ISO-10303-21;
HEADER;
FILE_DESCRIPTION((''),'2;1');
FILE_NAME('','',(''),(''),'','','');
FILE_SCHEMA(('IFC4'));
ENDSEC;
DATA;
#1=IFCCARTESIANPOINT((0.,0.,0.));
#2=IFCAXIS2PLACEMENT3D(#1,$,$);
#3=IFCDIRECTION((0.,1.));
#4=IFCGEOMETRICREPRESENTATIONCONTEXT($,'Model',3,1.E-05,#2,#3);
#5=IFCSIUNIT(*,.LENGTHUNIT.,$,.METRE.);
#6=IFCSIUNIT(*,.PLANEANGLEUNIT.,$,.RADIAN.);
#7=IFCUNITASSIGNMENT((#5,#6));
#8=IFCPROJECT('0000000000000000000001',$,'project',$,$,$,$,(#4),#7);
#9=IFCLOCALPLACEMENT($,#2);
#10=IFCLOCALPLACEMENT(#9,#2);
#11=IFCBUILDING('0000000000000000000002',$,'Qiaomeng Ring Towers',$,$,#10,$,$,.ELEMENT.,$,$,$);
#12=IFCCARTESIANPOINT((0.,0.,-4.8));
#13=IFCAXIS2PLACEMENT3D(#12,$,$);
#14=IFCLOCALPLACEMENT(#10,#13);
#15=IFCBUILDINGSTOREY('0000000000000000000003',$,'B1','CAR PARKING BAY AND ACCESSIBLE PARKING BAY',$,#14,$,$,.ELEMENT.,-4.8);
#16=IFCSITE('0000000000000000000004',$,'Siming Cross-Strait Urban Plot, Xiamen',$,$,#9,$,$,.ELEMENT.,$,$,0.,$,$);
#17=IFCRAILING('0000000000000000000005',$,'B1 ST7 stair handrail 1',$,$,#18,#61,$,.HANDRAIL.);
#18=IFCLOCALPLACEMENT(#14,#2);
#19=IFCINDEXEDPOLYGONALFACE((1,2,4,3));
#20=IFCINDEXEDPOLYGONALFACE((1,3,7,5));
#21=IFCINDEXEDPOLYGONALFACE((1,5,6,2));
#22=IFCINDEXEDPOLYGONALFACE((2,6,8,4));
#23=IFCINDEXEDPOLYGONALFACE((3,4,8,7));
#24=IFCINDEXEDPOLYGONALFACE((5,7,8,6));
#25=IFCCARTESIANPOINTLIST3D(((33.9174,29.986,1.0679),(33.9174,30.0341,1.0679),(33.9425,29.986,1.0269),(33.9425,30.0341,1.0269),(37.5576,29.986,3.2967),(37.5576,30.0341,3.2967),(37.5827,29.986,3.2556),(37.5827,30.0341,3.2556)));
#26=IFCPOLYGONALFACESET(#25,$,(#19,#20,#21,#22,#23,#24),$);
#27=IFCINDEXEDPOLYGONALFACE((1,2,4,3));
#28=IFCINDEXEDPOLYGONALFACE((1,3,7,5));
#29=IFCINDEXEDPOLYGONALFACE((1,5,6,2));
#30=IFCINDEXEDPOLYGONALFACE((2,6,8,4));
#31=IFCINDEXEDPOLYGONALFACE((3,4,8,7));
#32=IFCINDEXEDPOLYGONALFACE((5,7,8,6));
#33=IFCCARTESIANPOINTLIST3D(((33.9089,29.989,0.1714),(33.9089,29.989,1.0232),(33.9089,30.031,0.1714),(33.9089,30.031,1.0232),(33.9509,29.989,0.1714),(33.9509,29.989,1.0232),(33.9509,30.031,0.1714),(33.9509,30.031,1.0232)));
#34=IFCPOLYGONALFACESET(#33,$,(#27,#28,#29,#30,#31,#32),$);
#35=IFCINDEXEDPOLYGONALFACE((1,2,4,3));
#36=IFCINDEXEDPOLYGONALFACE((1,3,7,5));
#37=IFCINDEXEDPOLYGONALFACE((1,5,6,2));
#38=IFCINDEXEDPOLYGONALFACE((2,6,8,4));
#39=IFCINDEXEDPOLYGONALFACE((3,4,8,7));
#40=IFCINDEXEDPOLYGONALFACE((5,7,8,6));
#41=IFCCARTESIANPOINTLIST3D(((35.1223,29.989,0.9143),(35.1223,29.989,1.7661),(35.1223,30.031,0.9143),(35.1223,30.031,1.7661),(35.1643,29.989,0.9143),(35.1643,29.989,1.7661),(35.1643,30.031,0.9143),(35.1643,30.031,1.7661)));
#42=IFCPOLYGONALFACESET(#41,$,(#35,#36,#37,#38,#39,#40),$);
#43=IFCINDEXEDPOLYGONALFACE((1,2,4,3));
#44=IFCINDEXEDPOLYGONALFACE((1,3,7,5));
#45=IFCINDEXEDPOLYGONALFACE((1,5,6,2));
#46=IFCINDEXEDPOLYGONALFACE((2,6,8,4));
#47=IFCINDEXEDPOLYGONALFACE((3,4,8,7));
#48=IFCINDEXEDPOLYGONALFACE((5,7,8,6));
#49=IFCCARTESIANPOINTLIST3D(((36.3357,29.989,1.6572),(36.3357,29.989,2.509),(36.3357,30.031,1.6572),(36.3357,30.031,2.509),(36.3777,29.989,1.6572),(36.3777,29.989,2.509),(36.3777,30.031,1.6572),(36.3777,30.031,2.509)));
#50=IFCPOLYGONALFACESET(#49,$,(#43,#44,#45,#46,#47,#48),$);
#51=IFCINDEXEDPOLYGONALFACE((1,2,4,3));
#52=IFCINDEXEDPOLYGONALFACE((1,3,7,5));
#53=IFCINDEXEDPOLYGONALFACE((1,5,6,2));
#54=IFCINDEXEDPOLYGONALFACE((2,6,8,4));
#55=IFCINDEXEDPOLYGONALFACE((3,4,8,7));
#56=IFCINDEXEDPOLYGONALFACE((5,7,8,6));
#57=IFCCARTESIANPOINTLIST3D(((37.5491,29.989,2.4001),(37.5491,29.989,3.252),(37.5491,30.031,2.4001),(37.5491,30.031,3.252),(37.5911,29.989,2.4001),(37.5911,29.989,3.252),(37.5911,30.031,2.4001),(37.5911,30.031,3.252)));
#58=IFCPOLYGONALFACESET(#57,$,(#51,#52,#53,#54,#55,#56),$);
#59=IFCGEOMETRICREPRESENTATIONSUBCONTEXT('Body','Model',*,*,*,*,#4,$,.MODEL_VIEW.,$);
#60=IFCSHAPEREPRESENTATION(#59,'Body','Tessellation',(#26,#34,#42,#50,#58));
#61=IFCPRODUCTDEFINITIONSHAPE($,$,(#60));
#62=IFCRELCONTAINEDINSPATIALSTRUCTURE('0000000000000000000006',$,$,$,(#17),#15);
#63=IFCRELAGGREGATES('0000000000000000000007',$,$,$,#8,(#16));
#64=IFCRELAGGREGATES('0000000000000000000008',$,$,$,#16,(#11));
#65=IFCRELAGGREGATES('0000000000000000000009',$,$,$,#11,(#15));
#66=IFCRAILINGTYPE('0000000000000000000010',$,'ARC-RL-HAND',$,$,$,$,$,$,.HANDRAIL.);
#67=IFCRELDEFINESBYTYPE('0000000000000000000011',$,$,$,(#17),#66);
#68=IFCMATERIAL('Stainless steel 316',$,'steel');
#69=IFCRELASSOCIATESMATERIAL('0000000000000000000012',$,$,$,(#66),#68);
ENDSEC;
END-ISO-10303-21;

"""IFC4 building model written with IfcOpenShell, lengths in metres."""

from ifc_helpers import new_model, si_unit, direction, frame, origin, origin_2d, place, context, subcontext, project, spatial, rectangle, extrude, material, type_object, element, save


model = new_model("IFC4")

# Units and contexts
model_context = context("Model", 3, precision=1e-05, world=origin(), true_north=direction((0.0, 1.0)))
body_context = subcontext(model_context, "Body", "Model", "MODEL_VIEW")
ifc_project = project(units=[si_unit("LENGTHUNIT", "METRE"), si_unit("PLANEANGLEUNIT", "RADIAN")], contexts=[model_context])

# Site, building, storey
site_placement = place(None, origin())
site = spatial("IfcSite", under=ifc_project, at=site_placement, Name="Siming Cross-Strait Urban Plot, Xiamen", CompositionType="ELEMENT", RefElevation=0.0)
building_placement = place(site_placement, origin())
building = spatial("IfcBuilding", under=site, at=building_placement, Name="Qiaomeng Ring Towers", CompositionType="ELEMENT")
storey_placement = place(building_placement, frame((0.0, 0.0, -4.8)))
storey = spatial("IfcBuildingStorey", under=building, at=storey_placement, Name="B1", Description="CAR PARKING BAY AND ACCESSIBLE PARKING BAY", CompositionType="ELEMENT", Elevation=-4.8)

# Shared definitions
ifc_material_1 = material(Name="Stainless steel 316", Category="steel")

# Railing
railing_type = type_object("IfcRailingType", Name="ARC-RL-HAND", PredefinedType="HANDRAIL", material=ifc_material_1)
railing_placement = place(storey_placement, frame((33.9299, 30.01, 0.1714)))
element("IfcRailing", 1, at=railing_placement, inside=storey, type_object=railing_type, Name="B1 ST7 stair handrail 1", PredefinedType="HANDRAIL", context=body_context, shape_type="SweptSolid", body=[
    extrude(rectangle(XDim=0.0481, YDim=0.0481, at=origin_2d()), frame((0.0, 0.0, 0.876), z_axis=(0.85284, 0.0, 0.522172), x_axis=(0.0, 1.0, 0.0)), (0.0, 0.0, 1.0), 4.2683),
    extrude(rectangle(XDim=0.042, YDim=0.042, at=origin_2d()), origin(), (0.0, 0.0, 1.0), 0.8518),
    extrude(rectangle(XDim=0.042, YDim=0.042, at=origin_2d()), frame((1.2134, 0.0, 0.7429)), (0.0, 0.0, 1.0), 0.8518),
    extrude(rectangle(XDim=0.042, YDim=0.042, at=origin_2d()), frame((2.4268, 0.0, 1.4858)), (0.0, 0.0, 1.0), 0.8518),
    extrude(rectangle(XDim=0.042, YDim=0.042, at=origin_2d()), frame((3.6401, 0.0, 2.2288)), (0.0, 0.0, 1.0), 0.8518),
])

save(model, "model.ifc")
